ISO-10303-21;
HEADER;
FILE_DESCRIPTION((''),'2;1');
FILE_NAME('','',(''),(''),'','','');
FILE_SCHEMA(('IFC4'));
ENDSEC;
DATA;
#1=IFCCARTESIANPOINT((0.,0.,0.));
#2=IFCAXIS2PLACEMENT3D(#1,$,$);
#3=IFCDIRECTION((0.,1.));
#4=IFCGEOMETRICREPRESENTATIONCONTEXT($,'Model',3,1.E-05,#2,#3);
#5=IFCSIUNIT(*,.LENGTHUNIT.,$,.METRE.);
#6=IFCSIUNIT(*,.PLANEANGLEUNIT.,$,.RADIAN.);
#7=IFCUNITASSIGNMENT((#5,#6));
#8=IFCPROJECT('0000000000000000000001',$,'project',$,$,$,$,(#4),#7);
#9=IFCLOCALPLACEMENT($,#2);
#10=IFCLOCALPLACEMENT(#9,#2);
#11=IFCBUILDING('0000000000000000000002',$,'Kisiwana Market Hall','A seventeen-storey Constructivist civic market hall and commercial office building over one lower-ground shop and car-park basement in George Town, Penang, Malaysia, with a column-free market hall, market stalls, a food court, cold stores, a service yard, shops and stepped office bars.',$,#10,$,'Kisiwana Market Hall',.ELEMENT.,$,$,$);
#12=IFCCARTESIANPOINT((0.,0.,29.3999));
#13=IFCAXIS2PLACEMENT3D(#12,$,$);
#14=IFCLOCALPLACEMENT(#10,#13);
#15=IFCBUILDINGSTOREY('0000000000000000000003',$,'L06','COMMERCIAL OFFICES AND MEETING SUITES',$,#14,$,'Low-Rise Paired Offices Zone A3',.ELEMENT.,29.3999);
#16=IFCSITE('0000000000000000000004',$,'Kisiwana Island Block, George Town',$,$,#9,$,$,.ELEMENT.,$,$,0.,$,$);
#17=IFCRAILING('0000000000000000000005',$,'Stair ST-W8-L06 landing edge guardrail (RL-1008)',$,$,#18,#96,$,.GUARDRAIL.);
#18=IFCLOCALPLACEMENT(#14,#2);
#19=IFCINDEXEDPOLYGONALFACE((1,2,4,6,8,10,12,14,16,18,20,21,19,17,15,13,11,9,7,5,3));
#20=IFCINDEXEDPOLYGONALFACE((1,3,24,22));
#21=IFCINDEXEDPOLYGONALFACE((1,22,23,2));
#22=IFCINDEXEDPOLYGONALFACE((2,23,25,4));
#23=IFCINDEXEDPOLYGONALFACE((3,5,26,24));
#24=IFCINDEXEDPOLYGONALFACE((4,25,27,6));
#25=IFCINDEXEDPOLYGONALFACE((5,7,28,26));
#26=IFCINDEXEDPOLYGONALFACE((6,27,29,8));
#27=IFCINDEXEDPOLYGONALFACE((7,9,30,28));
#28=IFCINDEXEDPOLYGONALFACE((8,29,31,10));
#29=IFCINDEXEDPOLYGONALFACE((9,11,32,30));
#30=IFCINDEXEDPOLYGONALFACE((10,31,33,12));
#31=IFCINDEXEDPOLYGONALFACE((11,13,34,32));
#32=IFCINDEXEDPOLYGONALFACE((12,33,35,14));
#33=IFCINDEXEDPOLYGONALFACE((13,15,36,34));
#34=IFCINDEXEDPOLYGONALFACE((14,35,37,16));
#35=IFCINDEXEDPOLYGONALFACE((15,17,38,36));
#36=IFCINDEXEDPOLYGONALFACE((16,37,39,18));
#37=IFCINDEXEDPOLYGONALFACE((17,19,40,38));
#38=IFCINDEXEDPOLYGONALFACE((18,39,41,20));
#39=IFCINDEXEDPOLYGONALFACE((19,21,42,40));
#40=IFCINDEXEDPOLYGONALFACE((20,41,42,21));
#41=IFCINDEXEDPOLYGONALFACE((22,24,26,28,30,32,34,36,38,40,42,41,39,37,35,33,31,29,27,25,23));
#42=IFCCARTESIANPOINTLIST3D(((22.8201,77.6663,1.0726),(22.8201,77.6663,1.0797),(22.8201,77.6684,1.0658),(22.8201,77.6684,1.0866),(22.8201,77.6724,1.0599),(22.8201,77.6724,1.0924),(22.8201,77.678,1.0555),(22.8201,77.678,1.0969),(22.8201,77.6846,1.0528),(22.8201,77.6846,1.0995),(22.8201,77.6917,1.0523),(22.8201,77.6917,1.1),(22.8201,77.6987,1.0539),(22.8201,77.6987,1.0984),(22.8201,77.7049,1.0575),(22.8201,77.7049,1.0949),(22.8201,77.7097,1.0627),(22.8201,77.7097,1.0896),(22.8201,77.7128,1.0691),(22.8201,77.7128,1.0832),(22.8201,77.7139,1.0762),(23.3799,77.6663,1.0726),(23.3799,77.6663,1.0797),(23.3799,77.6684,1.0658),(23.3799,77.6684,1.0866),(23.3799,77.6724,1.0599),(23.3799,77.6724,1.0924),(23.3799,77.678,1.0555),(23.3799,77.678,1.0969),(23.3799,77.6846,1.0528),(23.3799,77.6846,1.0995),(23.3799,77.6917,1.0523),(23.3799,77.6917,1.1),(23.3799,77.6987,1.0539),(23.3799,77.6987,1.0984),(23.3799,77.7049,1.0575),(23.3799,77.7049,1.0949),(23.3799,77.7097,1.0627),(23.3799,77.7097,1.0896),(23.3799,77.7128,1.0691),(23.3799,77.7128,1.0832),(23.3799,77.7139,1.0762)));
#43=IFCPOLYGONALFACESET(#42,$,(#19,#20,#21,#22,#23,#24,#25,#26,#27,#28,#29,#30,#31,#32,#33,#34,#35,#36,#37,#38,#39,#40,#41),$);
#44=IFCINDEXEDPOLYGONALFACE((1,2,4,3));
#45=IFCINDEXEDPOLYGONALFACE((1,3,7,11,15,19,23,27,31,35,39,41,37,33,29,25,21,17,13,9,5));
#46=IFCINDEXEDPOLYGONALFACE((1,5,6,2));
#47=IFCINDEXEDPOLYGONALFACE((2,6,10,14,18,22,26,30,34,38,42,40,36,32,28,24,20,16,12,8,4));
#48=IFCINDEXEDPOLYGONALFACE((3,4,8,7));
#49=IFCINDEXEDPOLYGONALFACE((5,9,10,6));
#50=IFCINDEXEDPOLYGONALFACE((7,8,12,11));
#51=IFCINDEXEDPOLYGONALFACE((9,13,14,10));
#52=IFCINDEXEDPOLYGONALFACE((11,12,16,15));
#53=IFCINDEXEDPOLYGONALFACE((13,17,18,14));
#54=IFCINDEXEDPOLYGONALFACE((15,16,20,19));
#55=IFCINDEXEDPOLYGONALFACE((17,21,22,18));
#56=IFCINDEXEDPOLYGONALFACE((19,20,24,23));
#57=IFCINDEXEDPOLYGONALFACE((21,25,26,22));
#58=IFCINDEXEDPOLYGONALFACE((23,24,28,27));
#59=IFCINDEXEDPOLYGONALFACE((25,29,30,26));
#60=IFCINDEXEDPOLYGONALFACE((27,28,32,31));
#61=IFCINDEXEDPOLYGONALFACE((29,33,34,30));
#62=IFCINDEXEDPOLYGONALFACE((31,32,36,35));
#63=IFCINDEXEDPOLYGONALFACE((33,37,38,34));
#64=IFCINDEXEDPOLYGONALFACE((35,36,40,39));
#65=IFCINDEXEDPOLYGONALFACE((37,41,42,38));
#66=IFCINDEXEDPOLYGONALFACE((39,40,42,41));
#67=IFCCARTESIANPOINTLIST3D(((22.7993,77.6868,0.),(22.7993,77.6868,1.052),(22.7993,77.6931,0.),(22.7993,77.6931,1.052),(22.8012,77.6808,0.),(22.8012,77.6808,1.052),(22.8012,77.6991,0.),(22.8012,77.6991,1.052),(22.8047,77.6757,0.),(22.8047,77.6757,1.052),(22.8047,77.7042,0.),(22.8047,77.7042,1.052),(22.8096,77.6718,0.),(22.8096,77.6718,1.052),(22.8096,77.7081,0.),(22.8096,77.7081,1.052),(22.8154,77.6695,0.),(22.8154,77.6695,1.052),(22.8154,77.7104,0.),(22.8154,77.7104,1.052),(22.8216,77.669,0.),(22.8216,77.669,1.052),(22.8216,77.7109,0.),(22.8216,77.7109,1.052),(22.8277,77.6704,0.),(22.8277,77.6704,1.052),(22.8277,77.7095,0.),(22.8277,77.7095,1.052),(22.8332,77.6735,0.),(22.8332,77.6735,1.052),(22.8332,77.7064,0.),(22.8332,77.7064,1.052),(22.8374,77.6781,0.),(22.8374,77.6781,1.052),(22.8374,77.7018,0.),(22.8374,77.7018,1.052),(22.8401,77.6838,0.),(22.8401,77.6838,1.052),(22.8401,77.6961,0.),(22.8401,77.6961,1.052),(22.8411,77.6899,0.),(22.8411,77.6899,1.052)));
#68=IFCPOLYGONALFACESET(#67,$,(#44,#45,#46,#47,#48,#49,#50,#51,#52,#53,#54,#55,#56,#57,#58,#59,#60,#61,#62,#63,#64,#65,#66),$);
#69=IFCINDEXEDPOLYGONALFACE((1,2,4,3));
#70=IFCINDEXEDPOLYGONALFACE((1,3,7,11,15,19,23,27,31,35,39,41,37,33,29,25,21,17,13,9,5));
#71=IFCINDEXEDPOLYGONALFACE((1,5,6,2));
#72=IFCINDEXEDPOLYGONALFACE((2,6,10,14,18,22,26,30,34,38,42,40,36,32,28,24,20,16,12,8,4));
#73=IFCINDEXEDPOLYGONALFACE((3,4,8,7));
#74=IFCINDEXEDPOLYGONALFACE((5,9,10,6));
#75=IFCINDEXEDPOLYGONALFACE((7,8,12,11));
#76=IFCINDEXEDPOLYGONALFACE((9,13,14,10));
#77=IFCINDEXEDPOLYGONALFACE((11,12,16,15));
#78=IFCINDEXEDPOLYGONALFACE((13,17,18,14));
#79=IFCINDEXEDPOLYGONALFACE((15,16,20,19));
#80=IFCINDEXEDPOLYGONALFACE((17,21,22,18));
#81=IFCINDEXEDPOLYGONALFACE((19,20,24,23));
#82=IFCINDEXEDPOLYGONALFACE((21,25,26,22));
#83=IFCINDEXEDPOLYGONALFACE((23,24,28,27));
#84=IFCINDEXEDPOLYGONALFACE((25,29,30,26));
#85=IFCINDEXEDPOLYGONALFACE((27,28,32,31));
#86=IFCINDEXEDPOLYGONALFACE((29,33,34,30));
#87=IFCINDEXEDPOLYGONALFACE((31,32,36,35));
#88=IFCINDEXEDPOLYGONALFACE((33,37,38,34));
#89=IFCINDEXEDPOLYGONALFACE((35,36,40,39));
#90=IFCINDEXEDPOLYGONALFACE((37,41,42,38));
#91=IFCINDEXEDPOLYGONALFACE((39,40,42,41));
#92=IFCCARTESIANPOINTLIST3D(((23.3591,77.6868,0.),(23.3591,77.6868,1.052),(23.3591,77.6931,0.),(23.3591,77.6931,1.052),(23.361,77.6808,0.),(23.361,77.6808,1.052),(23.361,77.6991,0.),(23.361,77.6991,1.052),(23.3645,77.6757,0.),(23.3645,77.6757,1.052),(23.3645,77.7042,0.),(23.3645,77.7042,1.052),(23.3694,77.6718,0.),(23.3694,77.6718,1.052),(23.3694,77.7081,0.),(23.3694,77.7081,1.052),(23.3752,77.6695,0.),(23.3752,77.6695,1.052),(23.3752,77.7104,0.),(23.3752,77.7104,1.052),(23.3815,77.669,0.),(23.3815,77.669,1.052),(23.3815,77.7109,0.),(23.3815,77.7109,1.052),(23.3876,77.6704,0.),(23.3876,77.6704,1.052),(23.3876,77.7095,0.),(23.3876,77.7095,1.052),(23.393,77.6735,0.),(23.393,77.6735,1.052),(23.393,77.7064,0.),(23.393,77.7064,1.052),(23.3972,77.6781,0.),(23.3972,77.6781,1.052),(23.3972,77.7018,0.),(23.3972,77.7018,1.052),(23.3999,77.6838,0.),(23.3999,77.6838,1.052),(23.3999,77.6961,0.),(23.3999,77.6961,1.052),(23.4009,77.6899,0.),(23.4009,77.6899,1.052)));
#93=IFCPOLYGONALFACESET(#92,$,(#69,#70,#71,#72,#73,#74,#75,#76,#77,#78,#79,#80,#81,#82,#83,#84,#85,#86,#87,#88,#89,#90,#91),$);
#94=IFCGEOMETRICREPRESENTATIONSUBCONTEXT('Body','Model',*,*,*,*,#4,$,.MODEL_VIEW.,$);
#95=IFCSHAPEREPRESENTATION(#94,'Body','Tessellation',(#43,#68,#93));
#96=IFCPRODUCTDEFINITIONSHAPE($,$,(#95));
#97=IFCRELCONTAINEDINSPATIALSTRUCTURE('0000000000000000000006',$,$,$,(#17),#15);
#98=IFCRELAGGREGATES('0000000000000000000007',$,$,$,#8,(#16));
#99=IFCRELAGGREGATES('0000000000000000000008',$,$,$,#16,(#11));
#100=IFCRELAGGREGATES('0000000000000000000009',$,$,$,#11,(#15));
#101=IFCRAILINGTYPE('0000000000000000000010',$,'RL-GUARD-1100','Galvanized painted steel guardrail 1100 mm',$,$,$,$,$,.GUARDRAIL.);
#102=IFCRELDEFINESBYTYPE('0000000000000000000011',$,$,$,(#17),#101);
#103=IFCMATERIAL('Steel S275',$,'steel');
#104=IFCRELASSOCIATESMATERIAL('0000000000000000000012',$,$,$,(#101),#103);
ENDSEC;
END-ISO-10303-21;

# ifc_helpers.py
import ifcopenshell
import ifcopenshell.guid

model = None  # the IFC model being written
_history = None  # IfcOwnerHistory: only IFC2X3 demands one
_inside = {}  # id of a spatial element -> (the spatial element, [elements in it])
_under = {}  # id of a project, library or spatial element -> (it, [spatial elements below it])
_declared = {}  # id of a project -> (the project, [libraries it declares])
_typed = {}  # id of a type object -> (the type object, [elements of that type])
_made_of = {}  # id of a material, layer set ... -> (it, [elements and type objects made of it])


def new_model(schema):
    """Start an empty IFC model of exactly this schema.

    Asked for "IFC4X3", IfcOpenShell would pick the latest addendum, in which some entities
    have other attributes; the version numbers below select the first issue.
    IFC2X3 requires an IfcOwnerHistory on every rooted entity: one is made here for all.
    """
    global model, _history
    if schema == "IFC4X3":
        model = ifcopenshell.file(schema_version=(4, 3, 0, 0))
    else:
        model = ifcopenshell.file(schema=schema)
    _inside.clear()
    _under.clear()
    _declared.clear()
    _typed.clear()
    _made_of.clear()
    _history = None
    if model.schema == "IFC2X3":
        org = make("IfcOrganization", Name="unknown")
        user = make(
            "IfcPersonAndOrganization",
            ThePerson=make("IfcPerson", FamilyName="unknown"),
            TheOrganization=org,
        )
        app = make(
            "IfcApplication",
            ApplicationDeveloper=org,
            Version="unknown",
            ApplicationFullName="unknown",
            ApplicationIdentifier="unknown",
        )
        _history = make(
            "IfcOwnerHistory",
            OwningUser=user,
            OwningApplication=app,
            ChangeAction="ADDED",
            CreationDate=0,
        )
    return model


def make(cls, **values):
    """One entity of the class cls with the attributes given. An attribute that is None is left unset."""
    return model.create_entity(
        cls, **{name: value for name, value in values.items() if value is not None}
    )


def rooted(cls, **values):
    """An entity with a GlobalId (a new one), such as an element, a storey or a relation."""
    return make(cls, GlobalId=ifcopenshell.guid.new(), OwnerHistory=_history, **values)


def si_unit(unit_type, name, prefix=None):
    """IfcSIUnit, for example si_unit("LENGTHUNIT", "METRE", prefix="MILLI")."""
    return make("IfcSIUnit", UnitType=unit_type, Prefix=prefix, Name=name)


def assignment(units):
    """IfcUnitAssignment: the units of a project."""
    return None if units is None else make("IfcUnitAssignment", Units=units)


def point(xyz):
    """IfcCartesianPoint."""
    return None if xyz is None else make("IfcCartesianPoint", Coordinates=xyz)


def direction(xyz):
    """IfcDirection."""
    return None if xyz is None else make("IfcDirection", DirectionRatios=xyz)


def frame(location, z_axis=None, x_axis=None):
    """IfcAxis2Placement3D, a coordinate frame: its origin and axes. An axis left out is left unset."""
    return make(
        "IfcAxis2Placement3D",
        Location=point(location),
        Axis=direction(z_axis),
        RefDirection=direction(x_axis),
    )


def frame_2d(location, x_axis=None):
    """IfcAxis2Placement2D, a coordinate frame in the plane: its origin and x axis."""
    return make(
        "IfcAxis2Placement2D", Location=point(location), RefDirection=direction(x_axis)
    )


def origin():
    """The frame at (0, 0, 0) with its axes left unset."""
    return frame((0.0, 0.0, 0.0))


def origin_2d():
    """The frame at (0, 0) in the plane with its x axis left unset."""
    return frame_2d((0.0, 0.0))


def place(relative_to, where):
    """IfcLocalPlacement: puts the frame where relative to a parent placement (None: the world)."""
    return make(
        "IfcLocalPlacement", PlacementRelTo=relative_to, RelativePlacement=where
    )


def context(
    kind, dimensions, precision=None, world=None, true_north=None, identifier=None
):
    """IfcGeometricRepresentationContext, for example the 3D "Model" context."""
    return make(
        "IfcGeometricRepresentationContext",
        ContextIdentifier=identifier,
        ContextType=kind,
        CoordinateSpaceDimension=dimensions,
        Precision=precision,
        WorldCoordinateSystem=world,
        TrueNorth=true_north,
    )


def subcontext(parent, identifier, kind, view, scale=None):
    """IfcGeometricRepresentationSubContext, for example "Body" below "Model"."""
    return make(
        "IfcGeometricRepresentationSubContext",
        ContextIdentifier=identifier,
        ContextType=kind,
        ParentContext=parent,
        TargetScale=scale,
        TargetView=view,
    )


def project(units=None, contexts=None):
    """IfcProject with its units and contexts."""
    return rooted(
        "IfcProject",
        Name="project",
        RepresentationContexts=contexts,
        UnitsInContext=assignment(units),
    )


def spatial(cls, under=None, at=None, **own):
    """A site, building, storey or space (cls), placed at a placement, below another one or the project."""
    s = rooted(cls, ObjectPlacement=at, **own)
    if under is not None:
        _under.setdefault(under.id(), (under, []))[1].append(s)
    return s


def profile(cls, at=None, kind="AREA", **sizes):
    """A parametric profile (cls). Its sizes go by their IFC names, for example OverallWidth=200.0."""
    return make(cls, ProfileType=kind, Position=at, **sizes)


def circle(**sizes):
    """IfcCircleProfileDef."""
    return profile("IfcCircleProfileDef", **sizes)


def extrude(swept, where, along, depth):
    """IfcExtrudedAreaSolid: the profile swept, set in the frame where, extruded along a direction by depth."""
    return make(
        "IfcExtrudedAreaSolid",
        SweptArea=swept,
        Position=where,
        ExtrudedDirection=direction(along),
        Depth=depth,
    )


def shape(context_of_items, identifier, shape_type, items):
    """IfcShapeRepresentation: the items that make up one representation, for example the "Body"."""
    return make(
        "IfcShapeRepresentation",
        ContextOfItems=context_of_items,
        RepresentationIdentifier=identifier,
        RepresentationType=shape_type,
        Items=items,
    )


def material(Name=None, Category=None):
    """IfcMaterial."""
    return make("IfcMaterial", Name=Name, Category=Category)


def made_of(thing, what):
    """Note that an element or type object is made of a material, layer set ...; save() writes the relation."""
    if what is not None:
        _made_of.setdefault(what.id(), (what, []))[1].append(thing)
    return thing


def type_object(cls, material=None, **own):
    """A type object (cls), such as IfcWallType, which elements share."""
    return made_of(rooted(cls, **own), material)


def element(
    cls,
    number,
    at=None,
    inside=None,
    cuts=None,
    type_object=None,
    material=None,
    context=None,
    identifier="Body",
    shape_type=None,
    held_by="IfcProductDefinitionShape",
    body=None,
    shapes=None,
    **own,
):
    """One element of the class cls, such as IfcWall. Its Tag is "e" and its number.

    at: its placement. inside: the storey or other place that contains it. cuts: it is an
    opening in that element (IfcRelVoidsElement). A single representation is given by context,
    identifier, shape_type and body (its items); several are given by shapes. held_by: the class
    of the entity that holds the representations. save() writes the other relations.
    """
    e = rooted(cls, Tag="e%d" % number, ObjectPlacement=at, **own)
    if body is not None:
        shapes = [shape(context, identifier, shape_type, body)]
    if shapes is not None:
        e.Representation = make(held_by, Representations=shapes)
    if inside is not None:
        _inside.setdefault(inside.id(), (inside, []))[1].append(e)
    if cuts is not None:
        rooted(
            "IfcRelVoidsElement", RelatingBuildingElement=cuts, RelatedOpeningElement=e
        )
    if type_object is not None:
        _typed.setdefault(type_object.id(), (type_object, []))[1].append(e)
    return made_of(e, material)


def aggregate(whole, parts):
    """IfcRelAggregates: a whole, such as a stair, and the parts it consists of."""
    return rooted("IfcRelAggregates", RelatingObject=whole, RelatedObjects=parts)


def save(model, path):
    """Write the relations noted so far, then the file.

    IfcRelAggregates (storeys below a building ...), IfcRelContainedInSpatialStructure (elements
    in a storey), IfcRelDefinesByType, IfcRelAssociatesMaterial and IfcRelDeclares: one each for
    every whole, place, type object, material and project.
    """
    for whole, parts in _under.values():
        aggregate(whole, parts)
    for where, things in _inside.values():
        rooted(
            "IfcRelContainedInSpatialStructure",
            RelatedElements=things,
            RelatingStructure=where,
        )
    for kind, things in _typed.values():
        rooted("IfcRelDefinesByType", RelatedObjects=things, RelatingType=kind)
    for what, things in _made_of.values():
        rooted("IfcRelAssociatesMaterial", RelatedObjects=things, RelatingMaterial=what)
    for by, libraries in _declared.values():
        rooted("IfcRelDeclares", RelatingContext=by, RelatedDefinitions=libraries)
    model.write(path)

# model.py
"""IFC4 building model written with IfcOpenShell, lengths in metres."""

from ifc_helpers import new_model, si_unit, direction, frame, origin, origin_2d, place, context, subcontext, project, spatial, circle, extrude, material, type_object, element, save


model = new_model("IFC4")

# Units and contexts
model_context = context("Model", 3, precision=1e-05, world=origin(), true_north=direction((0.0, 1.0)))
body_context = subcontext(model_context, "Body", "Model", "MODEL_VIEW")
ifc_project = project(units=[si_unit("LENGTHUNIT", "METRE"), si_unit("PLANEANGLEUNIT", "RADIAN")], contexts=[model_context])

# Site, building, storey
site_placement = place(None, origin())
site = spatial("IfcSite", under=ifc_project, at=site_placement, Name="Kisiwana Island Block, George Town", CompositionType="ELEMENT", RefElevation=0.0)
building_placement = place(site_placement, origin())
building = spatial("IfcBuilding", under=site, at=building_placement, Name="Kisiwana Market Hall", Description="A seventeen-storey Constructivist civic market hall and commercial office building over one lower-ground shop and car-park basement in George Town, Penang, Malaysia, with a column-free market hall, market stalls, a food court, cold stores, a service yard, shops and stepped office bars.", LongName="Kisiwana Market Hall", CompositionType="ELEMENT")
storey_placement = place(building_placement, frame((0.0, 0.0, 29.3999)))
storey = spatial("IfcBuildingStorey", under=building, at=storey_placement, Name="L06", Description="COMMERCIAL OFFICES AND MEETING SUITES", LongName="Low-Rise Paired Offices Zone A3", CompositionType="ELEMENT", Elevation=29.3999)

# Railing
ifc_material_1 = material(Name="Steel S275", Category="steel")
railing_type_1 = type_object("IfcRailingType", Name="RL-GUARD-1100", Description="Galvanized painted steel guardrail 1100 mm", PredefinedType="GUARDRAIL", material=ifc_material_1)
railing_1_placement = place(storey_placement, frame((22.8201, 77.6899, 0.0)))
element("IfcRailing", 1, at=railing_1_placement, inside=storey, type_object=railing_type_1, Name="Stair ST-W8-L06 landing edge guardrail (RL-1008)", PredefinedType="GUARDRAIL", context=body_context, shape_type="SweptSolid", body=[
    extrude(circle(Radius=0.0239, at=origin_2d()), frame((0.0, 0.0, 1.0762), z_axis=(1.0, 0.0, 0.0), x_axis=(0.0, 1.0, 0.0)), (0.0, 0.0, 1.0), 0.5598),
    extrude(circle(Radius=0.021, at=origin_2d()), origin(), (0.0, 0.0, 1.0), 1.052),
    extrude(circle(Radius=0.021, at=origin_2d()), frame((0.5598, 0.0, 0.0)), (0.0, 0.0, 1.0), 1.052),
])

save(model, "model.ifc")
